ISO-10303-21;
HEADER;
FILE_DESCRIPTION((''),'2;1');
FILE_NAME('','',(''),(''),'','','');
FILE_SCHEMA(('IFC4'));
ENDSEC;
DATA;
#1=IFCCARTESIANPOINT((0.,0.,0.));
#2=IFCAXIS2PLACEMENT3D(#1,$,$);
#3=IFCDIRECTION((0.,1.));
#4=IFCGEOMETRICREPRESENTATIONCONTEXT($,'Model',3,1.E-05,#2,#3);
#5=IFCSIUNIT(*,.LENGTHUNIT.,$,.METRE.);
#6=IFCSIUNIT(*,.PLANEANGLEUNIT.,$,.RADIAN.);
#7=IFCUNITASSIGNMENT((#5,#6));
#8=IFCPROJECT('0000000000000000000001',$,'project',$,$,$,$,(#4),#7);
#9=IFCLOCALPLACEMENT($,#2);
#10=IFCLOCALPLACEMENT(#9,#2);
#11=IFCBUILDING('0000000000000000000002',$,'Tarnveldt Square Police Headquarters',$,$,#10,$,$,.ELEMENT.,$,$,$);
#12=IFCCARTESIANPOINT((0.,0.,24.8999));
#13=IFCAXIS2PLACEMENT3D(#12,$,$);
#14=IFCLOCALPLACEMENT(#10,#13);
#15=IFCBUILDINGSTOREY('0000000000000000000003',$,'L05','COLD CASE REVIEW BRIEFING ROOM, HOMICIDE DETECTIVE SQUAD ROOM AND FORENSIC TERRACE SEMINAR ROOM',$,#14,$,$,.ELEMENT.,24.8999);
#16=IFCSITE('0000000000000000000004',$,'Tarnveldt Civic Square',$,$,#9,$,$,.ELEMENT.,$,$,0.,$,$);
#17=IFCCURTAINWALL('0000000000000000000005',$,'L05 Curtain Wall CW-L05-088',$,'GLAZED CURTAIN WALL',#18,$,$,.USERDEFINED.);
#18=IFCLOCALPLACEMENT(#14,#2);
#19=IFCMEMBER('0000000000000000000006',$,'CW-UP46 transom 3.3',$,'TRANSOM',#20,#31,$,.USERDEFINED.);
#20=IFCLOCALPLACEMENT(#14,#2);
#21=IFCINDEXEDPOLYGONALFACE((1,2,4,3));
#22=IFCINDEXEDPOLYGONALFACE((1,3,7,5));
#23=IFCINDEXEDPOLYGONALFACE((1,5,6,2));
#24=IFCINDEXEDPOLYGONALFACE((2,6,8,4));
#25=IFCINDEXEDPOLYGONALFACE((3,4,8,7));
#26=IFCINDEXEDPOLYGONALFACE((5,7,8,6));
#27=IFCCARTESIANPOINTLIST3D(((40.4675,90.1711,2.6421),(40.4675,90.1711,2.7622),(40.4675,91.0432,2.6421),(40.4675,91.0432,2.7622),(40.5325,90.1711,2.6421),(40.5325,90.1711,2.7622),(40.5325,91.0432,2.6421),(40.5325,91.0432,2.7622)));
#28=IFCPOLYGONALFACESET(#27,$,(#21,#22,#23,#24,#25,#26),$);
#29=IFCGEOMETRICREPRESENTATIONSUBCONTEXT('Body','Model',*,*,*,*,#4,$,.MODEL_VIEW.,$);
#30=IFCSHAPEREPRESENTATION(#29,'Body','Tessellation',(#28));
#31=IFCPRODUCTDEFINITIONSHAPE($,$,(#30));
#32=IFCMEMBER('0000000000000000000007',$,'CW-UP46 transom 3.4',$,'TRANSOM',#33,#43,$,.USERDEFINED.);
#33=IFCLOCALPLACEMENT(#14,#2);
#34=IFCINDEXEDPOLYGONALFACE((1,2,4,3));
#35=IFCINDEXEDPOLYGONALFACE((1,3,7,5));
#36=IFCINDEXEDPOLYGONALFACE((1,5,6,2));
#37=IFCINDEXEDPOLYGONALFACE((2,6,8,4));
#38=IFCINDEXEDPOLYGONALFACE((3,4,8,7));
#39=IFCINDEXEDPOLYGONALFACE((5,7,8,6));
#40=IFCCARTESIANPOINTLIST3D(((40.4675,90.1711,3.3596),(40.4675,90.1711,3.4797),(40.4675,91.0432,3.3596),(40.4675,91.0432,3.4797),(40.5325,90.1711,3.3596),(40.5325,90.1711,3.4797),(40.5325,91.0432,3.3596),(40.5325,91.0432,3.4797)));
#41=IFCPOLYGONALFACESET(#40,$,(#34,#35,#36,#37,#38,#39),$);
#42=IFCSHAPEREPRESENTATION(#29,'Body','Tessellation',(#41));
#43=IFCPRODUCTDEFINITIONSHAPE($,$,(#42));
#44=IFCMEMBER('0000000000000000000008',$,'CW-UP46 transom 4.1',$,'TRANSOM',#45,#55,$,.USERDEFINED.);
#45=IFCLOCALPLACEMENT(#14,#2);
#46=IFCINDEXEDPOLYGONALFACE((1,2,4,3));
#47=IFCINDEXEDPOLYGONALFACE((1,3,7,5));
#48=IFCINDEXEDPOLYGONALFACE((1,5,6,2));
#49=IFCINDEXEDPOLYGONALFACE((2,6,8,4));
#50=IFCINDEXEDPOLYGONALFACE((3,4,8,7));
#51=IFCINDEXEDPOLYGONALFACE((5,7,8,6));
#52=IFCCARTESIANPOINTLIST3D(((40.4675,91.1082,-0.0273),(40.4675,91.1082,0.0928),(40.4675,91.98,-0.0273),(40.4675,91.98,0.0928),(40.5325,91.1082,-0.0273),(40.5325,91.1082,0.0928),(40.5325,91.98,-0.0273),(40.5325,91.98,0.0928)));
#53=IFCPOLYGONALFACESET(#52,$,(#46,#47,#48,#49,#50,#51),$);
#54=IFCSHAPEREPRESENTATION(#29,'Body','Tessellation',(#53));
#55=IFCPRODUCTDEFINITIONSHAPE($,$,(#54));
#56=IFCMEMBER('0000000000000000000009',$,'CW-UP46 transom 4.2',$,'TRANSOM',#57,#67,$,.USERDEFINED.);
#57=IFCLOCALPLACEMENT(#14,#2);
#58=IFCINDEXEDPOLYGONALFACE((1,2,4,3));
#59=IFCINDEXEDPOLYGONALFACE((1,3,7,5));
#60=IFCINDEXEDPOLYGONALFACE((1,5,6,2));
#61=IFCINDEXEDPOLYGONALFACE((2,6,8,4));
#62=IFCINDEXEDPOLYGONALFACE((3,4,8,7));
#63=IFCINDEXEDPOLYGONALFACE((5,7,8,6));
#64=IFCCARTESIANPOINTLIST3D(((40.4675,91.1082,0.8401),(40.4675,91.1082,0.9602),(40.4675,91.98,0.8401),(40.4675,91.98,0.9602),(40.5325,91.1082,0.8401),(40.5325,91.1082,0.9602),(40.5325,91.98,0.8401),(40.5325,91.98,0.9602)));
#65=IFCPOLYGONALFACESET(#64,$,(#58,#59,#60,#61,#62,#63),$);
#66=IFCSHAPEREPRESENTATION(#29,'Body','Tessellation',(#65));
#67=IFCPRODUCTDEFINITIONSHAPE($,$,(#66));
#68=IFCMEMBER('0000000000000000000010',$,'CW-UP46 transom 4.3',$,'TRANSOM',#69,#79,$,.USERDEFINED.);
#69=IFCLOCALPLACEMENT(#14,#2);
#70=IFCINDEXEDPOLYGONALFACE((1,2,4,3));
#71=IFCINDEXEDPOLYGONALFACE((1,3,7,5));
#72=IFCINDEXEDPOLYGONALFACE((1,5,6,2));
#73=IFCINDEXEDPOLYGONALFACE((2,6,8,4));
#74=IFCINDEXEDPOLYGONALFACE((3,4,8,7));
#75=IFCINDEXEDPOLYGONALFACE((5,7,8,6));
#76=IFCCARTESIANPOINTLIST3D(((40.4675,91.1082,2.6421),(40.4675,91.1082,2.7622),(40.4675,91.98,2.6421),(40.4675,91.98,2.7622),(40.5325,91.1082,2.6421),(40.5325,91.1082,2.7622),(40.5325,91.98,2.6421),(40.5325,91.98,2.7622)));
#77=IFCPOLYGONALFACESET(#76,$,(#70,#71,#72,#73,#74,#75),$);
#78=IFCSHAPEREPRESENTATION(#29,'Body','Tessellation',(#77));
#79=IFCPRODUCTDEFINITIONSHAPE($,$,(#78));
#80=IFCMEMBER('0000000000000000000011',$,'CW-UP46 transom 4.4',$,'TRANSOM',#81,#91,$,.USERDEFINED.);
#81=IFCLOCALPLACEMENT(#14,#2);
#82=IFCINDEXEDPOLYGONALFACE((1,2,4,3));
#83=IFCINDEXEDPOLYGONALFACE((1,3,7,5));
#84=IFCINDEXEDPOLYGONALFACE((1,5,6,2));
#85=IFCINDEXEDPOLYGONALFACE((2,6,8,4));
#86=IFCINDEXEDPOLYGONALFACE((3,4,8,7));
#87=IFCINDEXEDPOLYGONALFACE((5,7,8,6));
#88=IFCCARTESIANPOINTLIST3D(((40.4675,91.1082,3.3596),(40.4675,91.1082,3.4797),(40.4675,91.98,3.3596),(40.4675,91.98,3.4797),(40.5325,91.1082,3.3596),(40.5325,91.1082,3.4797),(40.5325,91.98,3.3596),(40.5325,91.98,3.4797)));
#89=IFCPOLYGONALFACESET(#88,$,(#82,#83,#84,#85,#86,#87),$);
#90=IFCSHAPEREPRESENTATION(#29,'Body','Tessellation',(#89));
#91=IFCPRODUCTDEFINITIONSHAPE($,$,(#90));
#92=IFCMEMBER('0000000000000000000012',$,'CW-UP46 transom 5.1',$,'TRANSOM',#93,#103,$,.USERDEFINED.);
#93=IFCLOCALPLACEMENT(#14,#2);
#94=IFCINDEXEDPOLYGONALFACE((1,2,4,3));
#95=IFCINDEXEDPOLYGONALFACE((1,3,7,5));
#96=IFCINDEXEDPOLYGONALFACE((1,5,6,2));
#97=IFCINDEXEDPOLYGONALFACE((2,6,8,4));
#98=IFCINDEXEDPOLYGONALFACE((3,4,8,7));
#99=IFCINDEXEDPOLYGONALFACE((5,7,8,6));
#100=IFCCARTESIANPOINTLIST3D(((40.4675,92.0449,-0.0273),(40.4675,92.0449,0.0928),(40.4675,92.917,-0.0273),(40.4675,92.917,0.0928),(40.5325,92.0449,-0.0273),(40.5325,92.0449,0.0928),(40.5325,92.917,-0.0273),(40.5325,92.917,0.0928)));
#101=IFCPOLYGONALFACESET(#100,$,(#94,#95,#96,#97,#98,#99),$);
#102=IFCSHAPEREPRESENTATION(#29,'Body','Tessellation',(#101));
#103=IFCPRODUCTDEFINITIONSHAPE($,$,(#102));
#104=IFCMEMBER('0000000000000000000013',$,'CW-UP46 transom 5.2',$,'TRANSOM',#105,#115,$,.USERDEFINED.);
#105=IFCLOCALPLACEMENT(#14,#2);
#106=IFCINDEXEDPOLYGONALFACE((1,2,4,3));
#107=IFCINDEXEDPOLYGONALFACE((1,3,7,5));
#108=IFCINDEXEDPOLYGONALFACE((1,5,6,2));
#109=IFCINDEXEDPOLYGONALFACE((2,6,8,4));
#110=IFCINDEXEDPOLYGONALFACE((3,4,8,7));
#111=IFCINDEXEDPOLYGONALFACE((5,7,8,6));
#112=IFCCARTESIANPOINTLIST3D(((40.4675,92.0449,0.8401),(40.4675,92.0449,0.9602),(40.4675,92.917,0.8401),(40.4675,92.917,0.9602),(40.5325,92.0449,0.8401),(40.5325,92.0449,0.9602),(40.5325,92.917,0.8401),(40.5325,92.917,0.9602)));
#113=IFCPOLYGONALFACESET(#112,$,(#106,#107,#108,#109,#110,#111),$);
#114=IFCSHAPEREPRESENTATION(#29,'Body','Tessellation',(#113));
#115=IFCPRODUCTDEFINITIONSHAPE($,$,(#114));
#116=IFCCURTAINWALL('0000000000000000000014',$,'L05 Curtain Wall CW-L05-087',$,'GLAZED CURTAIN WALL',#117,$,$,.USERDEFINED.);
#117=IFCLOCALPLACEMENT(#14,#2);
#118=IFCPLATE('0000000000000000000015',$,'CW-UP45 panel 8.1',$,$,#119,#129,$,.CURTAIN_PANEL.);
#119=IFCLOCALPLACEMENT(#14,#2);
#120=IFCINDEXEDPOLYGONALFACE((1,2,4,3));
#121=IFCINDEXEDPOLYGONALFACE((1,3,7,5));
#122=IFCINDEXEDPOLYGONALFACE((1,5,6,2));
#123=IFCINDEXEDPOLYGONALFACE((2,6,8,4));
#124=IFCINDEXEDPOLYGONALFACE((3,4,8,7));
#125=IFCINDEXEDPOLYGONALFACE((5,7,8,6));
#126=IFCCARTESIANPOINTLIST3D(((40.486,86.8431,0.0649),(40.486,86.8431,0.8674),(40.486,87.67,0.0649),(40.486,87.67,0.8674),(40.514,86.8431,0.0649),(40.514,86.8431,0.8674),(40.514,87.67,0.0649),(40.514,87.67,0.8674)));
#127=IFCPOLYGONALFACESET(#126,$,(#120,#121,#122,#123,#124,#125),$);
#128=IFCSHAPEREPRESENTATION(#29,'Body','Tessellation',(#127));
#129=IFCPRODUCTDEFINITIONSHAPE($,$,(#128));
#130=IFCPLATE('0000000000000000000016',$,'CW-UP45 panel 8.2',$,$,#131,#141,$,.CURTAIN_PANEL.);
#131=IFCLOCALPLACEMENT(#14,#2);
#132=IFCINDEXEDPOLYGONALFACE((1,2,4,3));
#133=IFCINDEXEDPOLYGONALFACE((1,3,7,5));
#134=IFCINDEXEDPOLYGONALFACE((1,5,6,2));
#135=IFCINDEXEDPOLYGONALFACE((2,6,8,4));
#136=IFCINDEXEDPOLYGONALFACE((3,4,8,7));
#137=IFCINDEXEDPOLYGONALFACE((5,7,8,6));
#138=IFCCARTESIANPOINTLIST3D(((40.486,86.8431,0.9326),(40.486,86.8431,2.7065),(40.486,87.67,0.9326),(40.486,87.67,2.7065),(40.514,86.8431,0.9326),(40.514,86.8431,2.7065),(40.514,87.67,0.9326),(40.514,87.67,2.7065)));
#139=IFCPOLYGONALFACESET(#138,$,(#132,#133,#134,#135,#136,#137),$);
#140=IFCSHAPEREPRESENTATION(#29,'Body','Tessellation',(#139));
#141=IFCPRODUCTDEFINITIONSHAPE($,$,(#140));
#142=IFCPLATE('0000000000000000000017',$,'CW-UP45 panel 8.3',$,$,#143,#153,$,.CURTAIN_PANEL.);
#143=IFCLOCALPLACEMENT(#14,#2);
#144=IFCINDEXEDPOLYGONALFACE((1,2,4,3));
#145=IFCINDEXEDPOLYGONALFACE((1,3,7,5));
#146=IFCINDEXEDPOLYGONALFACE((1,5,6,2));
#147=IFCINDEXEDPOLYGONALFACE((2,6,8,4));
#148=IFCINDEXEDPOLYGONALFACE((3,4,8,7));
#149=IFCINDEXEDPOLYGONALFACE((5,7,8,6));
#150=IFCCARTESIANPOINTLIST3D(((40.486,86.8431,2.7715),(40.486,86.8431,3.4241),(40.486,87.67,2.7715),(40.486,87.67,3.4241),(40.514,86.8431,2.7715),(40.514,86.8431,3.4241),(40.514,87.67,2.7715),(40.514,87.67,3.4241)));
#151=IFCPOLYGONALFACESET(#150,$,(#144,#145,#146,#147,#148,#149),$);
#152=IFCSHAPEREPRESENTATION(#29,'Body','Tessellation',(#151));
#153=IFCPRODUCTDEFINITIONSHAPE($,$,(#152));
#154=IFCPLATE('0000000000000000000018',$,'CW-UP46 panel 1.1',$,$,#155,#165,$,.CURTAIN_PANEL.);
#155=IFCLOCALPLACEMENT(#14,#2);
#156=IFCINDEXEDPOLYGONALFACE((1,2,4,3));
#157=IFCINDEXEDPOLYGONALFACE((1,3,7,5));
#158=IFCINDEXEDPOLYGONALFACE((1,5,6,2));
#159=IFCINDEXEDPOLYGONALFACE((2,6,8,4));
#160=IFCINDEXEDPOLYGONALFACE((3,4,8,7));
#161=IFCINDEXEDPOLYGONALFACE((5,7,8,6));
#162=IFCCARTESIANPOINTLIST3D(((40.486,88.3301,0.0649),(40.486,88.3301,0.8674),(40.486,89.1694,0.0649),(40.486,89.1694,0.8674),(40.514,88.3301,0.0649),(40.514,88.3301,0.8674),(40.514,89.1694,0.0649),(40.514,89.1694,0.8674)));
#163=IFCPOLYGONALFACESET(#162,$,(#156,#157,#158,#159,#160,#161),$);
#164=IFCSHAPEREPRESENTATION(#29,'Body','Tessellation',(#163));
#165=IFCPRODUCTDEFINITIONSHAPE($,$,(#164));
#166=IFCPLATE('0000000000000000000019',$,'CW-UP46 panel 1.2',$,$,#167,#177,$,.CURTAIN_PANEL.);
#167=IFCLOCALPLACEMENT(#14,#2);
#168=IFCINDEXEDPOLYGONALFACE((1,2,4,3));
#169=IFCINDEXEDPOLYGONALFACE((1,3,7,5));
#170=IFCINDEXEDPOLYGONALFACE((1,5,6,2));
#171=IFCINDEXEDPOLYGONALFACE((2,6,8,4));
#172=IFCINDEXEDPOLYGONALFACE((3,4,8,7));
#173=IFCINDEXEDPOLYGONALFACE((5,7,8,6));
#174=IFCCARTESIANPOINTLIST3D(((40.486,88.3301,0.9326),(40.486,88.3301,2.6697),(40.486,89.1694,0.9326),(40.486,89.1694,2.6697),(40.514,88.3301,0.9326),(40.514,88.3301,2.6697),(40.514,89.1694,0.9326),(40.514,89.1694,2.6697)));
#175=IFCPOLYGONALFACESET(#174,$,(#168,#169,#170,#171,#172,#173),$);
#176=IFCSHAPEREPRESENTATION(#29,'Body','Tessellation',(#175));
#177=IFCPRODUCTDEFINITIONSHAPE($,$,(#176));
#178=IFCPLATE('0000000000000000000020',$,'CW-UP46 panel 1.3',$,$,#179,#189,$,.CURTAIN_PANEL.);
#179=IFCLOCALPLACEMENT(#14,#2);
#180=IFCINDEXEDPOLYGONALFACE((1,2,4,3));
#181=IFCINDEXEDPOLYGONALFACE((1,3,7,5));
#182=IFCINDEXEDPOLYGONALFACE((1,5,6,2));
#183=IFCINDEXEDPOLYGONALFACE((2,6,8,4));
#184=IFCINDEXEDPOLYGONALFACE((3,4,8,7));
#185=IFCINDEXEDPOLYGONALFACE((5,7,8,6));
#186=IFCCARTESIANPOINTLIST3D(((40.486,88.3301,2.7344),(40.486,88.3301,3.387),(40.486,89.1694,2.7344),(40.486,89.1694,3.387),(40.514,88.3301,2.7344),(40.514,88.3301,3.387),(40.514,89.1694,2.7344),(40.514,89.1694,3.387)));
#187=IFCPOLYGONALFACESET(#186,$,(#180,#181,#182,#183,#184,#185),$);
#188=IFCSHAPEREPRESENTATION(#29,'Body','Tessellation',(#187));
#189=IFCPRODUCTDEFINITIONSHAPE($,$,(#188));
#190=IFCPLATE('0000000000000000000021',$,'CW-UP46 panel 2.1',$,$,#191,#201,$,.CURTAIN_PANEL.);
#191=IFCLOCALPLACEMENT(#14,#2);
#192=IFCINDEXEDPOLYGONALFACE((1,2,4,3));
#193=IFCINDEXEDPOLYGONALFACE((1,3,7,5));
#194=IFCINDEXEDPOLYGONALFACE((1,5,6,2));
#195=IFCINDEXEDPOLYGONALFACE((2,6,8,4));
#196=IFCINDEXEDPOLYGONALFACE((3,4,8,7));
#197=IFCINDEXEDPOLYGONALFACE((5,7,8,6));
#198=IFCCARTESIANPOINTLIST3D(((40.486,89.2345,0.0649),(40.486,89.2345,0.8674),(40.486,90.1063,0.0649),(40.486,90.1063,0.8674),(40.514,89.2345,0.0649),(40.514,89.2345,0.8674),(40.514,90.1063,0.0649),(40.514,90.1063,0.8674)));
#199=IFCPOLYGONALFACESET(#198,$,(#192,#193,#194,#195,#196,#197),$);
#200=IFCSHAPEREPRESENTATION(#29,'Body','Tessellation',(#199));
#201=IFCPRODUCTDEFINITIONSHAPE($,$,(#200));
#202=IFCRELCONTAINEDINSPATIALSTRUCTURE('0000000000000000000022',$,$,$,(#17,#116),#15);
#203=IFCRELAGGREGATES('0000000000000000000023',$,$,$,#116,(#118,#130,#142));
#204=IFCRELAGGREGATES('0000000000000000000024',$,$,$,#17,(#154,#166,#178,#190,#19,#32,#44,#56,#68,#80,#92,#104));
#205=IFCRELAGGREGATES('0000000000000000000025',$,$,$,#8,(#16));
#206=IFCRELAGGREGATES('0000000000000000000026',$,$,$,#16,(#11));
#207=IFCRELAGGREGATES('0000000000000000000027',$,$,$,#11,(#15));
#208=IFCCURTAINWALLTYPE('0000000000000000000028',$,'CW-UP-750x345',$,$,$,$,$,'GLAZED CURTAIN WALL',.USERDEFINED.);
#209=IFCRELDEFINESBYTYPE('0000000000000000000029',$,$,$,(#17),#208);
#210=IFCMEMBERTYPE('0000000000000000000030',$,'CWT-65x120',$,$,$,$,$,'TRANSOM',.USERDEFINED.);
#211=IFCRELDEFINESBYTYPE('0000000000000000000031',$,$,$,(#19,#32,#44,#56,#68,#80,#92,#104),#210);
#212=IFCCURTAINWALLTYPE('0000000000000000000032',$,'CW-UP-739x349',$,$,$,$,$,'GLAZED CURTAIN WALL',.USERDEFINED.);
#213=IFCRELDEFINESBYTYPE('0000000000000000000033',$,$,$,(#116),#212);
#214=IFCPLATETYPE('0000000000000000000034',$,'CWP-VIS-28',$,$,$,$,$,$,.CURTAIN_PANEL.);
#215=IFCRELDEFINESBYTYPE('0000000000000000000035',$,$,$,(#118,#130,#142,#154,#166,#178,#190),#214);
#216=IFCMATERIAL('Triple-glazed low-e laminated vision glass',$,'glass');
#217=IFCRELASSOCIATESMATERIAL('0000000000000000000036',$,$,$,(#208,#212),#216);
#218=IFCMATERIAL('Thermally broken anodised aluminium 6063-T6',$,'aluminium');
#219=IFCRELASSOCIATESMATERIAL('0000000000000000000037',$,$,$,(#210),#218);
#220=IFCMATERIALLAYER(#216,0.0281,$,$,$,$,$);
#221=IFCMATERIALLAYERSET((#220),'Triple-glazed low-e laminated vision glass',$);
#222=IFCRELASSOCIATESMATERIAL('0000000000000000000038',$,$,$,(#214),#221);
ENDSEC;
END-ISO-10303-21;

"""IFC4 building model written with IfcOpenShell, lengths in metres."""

from ifc_helpers import new_model, si_unit, direction, frame, origin, origin_2d, place, context, subcontext, project, spatial, rectangle, extrude, material, layer, layer_set, material_profile, profile_set, type_object, element, aggregate, save


model = new_model("IFC4")

# Units and contexts
model_context = context("Model", 3, precision=1e-05, world=origin(), true_north=direction((0.0, 1.0)))
body_context = subcontext(model_context, "Body", "Model", "MODEL_VIEW")
ifc_project = project(units=[si_unit("LENGTHUNIT", "METRE"), si_unit("PLANEANGLEUNIT", "RADIAN")], contexts=[model_context])

# Site, building, storey
site_placement = place(None, origin())
site = spatial("IfcSite", under=ifc_project, at=site_placement, Name="Tarnveldt Civic Square", CompositionType="ELEMENT", RefElevation=0.0)
building_placement = place(site_placement, origin())
building = spatial("IfcBuilding", under=site, at=building_placement, Name="Tarnveldt Square Police Headquarters", CompositionType="ELEMENT")
storey_placement = place(building_placement, frame((0.0, 0.0, 24.8999)))
storey = spatial("IfcBuildingStorey", under=building, at=storey_placement, Name="L05", Description="COLD CASE REVIEW BRIEFING ROOM, HOMICIDE DETECTIVE SQUAD ROOM AND FORENSIC TERRACE SEMINAR ROOM", CompositionType="ELEMENT", Elevation=24.8999)

# Curtain wall, members
ifc_material_1 = material(Name="Triple-glazed low-e laminated vision glass", Category="glass")
curtain_wall_type_1 = type_object("IfcCurtainWallType", Name="CW-UP-750x345", ElementType="GLAZED CURTAIN WALL", PredefinedType="USERDEFINED", material=ifc_material_1)
curtain_wall_1_placement = place(storey_placement, origin())
curtain_wall_1 = element("IfcCurtainWall", 1, at=curtain_wall_1_placement, inside=storey, type_object=curtain_wall_type_1, Name="L05 Curtain Wall CW-L05-088", ObjectType="GLAZED CURTAIN WALL", PredefinedType="USERDEFINED")
ifc_material_2 = material(Name="Thermally broken anodised aluminium 6063-T6", Category="aluminium")
ifc_material_profile_1 = material_profile(ifc_material_2, rectangle(XDim=0.0649, YDim=0.1201, at=origin_2d()), Name="CW-T65x120")
ifc_profile_set_1 = profile_set([ifc_material_profile_1], Name="Thermally broken anodised aluminium 6063-T6")
member_type_1 = type_object("IfcMemberType", Name="CWT-65x120", ElementType="TRANSOM", PredefinedType="USERDEFINED", material=ifc_profile_set_1)
member_1_placement = place(storey_placement, frame((40.5, 90.1711, 2.7021), z_axis=(0.0, 1.0, 0.0), x_axis=(-1.0, 0.0, 0.0)))
member_1 = element("IfcMember", 2, at=member_1_placement, type_object=member_type_1, Name="CW-UP46 transom 3.3", ObjectType="TRANSOM", PredefinedType="USERDEFINED", context=body_context, shape_type="SweptSolid", body=[
    extrude(rectangle(XDim=0.0649, YDim=0.1201, at=origin_2d()), origin(), (0.0, 0.0, 1.0), 0.8721),
])
member_2_placement = place(storey_placement, frame((40.5, 90.1711, 3.4197), z_axis=(0.0, 1.0, 0.0), x_axis=(-1.0, 0.0, 0.0)))
member_2 = element("IfcMember", 3, at=member_2_placement, type_object=member_type_1, Name="CW-UP46 transom 3.4", ObjectType="TRANSOM", PredefinedType="USERDEFINED", context=body_context, shape_type="SweptSolid", body=[
    extrude(rectangle(XDim=0.0649, YDim=0.1201, at=origin_2d()), origin(), (0.0, 0.0, 1.0), 0.8721),
])
member_3_placement = place(storey_placement, frame((40.5, 91.1082, 0.0327), z_axis=(0.0, 1.0, 0.0), x_axis=(-1.0, 0.0, 0.0)))
member_3 = element("IfcMember", 4, at=member_3_placement, type_object=member_type_1, Name="CW-UP46 transom 4.1", ObjectType="TRANSOM", PredefinedType="USERDEFINED", context=body_context, shape_type="SweptSolid", body=[
    extrude(rectangle(XDim=0.0649, YDim=0.1201, at=origin_2d()), origin(), (0.0, 0.0, 1.0), 0.8718),
])
member_4_placement = place(storey_placement, frame((40.5, 91.1082, 0.9001), z_axis=(0.0, 1.0, 0.0), x_axis=(-1.0, 0.0, 0.0)))
member_4 = element("IfcMember", 5, at=member_4_placement, type_object=member_type_1, Name="CW-UP46 transom 4.2", ObjectType="TRANSOM", PredefinedType="USERDEFINED", context=body_context, shape_type="SweptSolid", body=[
    extrude(rectangle(XDim=0.0649, YDim=0.1201, at=origin_2d()), origin(), (0.0, 0.0, 1.0), 0.8718),
])
member_5_placement = place(storey_placement, frame((40.5, 91.1082, 2.7021), z_axis=(0.0, 1.0, 0.0), x_axis=(-1.0, 0.0, 0.0)))
member_5 = element("IfcMember", 6, at=member_5_placement, type_object=member_type_1, Name="CW-UP46 transom 4.3", ObjectType="TRANSOM", PredefinedType="USERDEFINED", context=body_context, shape_type="SweptSolid", body=[
    extrude(rectangle(XDim=0.0649, YDim=0.1201, at=origin_2d()), origin(), (0.0, 0.0, 1.0), 0.8718),
])
member_6_placement = place(storey_placement, frame((40.5, 91.1082, 3.4197), z_axis=(0.0, 1.0, 0.0), x_axis=(-1.0, 0.0, 0.0)))
member_6 = element("IfcMember", 7, at=member_6_placement, type_object=member_type_1, Name="CW-UP46 transom 4.4", ObjectType="TRANSOM", PredefinedType="USERDEFINED", context=body_context, shape_type="SweptSolid", body=[
    extrude(rectangle(XDim=0.0649, YDim=0.1201, at=origin_2d()), origin(), (0.0, 0.0, 1.0), 0.8718),
])
member_7_placement = place(storey_placement, frame((40.5, 92.0449, 0.0327), z_axis=(0.0, 1.0, 0.0), x_axis=(-1.0, 0.0, 0.0)))
member_7 = element("IfcMember", 8, at=member_7_placement, type_object=member_type_1, Name="CW-UP46 transom 5.1", ObjectType="TRANSOM", PredefinedType="USERDEFINED", context=body_context, shape_type="SweptSolid", body=[
    extrude(rectangle(XDim=0.0649, YDim=0.1201, at=origin_2d()), origin(), (0.0, 0.0, 1.0), 0.8721),
])
member_8_placement = place(storey_placement, frame((40.5, 92.0449, 0.9001), z_axis=(0.0, 1.0, 0.0), x_axis=(-1.0, 0.0, 0.0)))
member_8 = element("IfcMember", 9, at=member_8_placement, type_object=member_type_1, Name="CW-UP46 transom 5.2", ObjectType="TRANSOM", PredefinedType="USERDEFINED", context=body_context, shape_type="SweptSolid", body=[
    extrude(rectangle(XDim=0.0649, YDim=0.1201, at=origin_2d()), origin(), (0.0, 0.0, 1.0), 0.8721),
])

# Curtain wall, plates
curtain_wall_type_2 = type_object("IfcCurtainWallType", Name="CW-UP-739x349", ElementType="GLAZED CURTAIN WALL", PredefinedType="USERDEFINED", material=ifc_material_1)
curtain_wall_2_placement = place(storey_placement, origin())
curtain_wall_2 = element("IfcCurtainWall", 10, at=curtain_wall_2_placement, inside=storey, type_object=curtain_wall_type_2, Name="L05 Curtain Wall CW-L05-087", ObjectType="GLAZED CURTAIN WALL", PredefinedType="USERDEFINED")
ifc_layer = layer(ifc_material_1, 0.0281)
ifc_layer_set = layer_set([ifc_layer], Name="Triple-glazed low-e laminated vision glass")
plate_type = type_object("IfcPlateType", Name="CWP-VIS-28", PredefinedType="CURTAIN_PANEL", material=ifc_layer_set)
plate_1_placement = place(storey_placement, frame((40.5, 87.2566, 0.0649), z_axis=(0.0, 0.0, 1.0), x_axis=(0.0, 1.0, 0.0)))
plate_1 = element("IfcPlate", 11, at=plate_1_placement, type_object=plate_type, Name="CW-UP45 panel 8.1", PredefinedType="CURTAIN_PANEL", context=body_context, shape_type="SweptSolid", body=[
    extrude(rectangle(XDim=0.8269, YDim=0.0281, at=origin_2d()), origin(), (0.0, 0.0, 1.0), 0.8025),
])
plate_2_placement = place(storey_placement, frame((40.5, 87.2566, 0.9326), z_axis=(0.0, 0.0, 1.0), x_axis=(0.0, 1.0, 0.0)))
plate_2 = element("IfcPlate", 12, at=plate_2_placement, type_object=plate_type, Name="CW-UP45 panel 8.2", PredefinedType="CURTAIN_PANEL", context=body_context, shape_type="SweptSolid", body=[
    extrude(rectangle(XDim=0.8269, YDim=0.0281, at=origin_2d()), origin(), (0.0, 0.0, 1.0), 1.7739),
])
plate_3_placement = place(storey_placement, frame((40.5, 87.2566, 2.7715), z_axis=(0.0, 0.0, 1.0), x_axis=(0.0, 1.0, 0.0)))
plate_3 = element("IfcPlate", 13, at=plate_3_placement, type_object=plate_type, Name="CW-UP45 panel 8.3", PredefinedType="CURTAIN_PANEL", context=body_context, shape_type="SweptSolid", body=[
    extrude(rectangle(XDim=0.8269, YDim=0.0281, at=origin_2d()), origin(), (0.0, 0.0, 1.0), 0.6526),
])
aggregate(curtain_wall_2, [plate_1, plate_2, plate_3])

# Plates
plate_4_placement = place(storey_placement, frame((40.5, 88.7498, 0.0649), z_axis=(0.0, 0.0, 1.0), x_axis=(0.0, 1.0, 0.0)))
plate_4 = element("IfcPlate", 14, at=plate_4_placement, type_object=plate_type, Name="CW-UP46 panel 1.1", PredefinedType="CURTAIN_PANEL", context=body_context, shape_type="SweptSolid", body=[
    extrude(rectangle(XDim=0.8394, YDim=0.0281, at=origin_2d()), origin(), (0.0, 0.0, 1.0), 0.8025),
])
plate_5_placement = place(storey_placement, frame((40.5, 88.7498, 0.9326), z_axis=(0.0, 0.0, 1.0), x_axis=(0.0, 1.0, 0.0)))
plate_5 = element("IfcPlate", 15, at=plate_5_placement, type_object=plate_type, Name="CW-UP46 panel 1.2", PredefinedType="CURTAIN_PANEL", context=body_context, shape_type="SweptSolid", body=[
    extrude(rectangle(XDim=0.8394, YDim=0.0281, at=origin_2d()), origin(), (0.0, 0.0, 1.0), 1.7371),
])
plate_6_placement = place(storey_placement, frame((40.5, 88.7498, 2.7344), z_axis=(0.0, 0.0, 1.0), x_axis=(0.0, 1.0, 0.0)))
plate_6 = element("IfcPlate", 16, at=plate_6_placement, type_object=plate_type, Name="CW-UP46 panel 1.3", PredefinedType="CURTAIN_PANEL", context=body_context, shape_type="SweptSolid", body=[
    extrude(rectangle(XDim=0.8394, YDim=0.0281, at=origin_2d()), origin(), (0.0, 0.0, 1.0), 0.6526),
])
plate_7_placement = place(storey_placement, frame((40.5, 89.6704, 0.0649), z_axis=(0.0, 0.0, 1.0), x_axis=(0.0, 1.0, 0.0)))
plate_7 = element("IfcPlate", 17, at=plate_7_placement, type_object=plate_type, Name="CW-UP46 panel 2.1", PredefinedType="CURTAIN_PANEL", context=body_context, shape_type="SweptSolid", body=[
    extrude(rectangle(XDim=0.8718, YDim=0.0281, at=origin_2d()), origin(), (0.0, 0.0, 1.0), 0.8025),
])
aggregate(curtain_wall_1, [plate_4, plate_5, plate_6, plate_7, member_1, member_2, member_3, member_4, member_5, member_6, member_7, member_8])

save(model, "model.ifc")
